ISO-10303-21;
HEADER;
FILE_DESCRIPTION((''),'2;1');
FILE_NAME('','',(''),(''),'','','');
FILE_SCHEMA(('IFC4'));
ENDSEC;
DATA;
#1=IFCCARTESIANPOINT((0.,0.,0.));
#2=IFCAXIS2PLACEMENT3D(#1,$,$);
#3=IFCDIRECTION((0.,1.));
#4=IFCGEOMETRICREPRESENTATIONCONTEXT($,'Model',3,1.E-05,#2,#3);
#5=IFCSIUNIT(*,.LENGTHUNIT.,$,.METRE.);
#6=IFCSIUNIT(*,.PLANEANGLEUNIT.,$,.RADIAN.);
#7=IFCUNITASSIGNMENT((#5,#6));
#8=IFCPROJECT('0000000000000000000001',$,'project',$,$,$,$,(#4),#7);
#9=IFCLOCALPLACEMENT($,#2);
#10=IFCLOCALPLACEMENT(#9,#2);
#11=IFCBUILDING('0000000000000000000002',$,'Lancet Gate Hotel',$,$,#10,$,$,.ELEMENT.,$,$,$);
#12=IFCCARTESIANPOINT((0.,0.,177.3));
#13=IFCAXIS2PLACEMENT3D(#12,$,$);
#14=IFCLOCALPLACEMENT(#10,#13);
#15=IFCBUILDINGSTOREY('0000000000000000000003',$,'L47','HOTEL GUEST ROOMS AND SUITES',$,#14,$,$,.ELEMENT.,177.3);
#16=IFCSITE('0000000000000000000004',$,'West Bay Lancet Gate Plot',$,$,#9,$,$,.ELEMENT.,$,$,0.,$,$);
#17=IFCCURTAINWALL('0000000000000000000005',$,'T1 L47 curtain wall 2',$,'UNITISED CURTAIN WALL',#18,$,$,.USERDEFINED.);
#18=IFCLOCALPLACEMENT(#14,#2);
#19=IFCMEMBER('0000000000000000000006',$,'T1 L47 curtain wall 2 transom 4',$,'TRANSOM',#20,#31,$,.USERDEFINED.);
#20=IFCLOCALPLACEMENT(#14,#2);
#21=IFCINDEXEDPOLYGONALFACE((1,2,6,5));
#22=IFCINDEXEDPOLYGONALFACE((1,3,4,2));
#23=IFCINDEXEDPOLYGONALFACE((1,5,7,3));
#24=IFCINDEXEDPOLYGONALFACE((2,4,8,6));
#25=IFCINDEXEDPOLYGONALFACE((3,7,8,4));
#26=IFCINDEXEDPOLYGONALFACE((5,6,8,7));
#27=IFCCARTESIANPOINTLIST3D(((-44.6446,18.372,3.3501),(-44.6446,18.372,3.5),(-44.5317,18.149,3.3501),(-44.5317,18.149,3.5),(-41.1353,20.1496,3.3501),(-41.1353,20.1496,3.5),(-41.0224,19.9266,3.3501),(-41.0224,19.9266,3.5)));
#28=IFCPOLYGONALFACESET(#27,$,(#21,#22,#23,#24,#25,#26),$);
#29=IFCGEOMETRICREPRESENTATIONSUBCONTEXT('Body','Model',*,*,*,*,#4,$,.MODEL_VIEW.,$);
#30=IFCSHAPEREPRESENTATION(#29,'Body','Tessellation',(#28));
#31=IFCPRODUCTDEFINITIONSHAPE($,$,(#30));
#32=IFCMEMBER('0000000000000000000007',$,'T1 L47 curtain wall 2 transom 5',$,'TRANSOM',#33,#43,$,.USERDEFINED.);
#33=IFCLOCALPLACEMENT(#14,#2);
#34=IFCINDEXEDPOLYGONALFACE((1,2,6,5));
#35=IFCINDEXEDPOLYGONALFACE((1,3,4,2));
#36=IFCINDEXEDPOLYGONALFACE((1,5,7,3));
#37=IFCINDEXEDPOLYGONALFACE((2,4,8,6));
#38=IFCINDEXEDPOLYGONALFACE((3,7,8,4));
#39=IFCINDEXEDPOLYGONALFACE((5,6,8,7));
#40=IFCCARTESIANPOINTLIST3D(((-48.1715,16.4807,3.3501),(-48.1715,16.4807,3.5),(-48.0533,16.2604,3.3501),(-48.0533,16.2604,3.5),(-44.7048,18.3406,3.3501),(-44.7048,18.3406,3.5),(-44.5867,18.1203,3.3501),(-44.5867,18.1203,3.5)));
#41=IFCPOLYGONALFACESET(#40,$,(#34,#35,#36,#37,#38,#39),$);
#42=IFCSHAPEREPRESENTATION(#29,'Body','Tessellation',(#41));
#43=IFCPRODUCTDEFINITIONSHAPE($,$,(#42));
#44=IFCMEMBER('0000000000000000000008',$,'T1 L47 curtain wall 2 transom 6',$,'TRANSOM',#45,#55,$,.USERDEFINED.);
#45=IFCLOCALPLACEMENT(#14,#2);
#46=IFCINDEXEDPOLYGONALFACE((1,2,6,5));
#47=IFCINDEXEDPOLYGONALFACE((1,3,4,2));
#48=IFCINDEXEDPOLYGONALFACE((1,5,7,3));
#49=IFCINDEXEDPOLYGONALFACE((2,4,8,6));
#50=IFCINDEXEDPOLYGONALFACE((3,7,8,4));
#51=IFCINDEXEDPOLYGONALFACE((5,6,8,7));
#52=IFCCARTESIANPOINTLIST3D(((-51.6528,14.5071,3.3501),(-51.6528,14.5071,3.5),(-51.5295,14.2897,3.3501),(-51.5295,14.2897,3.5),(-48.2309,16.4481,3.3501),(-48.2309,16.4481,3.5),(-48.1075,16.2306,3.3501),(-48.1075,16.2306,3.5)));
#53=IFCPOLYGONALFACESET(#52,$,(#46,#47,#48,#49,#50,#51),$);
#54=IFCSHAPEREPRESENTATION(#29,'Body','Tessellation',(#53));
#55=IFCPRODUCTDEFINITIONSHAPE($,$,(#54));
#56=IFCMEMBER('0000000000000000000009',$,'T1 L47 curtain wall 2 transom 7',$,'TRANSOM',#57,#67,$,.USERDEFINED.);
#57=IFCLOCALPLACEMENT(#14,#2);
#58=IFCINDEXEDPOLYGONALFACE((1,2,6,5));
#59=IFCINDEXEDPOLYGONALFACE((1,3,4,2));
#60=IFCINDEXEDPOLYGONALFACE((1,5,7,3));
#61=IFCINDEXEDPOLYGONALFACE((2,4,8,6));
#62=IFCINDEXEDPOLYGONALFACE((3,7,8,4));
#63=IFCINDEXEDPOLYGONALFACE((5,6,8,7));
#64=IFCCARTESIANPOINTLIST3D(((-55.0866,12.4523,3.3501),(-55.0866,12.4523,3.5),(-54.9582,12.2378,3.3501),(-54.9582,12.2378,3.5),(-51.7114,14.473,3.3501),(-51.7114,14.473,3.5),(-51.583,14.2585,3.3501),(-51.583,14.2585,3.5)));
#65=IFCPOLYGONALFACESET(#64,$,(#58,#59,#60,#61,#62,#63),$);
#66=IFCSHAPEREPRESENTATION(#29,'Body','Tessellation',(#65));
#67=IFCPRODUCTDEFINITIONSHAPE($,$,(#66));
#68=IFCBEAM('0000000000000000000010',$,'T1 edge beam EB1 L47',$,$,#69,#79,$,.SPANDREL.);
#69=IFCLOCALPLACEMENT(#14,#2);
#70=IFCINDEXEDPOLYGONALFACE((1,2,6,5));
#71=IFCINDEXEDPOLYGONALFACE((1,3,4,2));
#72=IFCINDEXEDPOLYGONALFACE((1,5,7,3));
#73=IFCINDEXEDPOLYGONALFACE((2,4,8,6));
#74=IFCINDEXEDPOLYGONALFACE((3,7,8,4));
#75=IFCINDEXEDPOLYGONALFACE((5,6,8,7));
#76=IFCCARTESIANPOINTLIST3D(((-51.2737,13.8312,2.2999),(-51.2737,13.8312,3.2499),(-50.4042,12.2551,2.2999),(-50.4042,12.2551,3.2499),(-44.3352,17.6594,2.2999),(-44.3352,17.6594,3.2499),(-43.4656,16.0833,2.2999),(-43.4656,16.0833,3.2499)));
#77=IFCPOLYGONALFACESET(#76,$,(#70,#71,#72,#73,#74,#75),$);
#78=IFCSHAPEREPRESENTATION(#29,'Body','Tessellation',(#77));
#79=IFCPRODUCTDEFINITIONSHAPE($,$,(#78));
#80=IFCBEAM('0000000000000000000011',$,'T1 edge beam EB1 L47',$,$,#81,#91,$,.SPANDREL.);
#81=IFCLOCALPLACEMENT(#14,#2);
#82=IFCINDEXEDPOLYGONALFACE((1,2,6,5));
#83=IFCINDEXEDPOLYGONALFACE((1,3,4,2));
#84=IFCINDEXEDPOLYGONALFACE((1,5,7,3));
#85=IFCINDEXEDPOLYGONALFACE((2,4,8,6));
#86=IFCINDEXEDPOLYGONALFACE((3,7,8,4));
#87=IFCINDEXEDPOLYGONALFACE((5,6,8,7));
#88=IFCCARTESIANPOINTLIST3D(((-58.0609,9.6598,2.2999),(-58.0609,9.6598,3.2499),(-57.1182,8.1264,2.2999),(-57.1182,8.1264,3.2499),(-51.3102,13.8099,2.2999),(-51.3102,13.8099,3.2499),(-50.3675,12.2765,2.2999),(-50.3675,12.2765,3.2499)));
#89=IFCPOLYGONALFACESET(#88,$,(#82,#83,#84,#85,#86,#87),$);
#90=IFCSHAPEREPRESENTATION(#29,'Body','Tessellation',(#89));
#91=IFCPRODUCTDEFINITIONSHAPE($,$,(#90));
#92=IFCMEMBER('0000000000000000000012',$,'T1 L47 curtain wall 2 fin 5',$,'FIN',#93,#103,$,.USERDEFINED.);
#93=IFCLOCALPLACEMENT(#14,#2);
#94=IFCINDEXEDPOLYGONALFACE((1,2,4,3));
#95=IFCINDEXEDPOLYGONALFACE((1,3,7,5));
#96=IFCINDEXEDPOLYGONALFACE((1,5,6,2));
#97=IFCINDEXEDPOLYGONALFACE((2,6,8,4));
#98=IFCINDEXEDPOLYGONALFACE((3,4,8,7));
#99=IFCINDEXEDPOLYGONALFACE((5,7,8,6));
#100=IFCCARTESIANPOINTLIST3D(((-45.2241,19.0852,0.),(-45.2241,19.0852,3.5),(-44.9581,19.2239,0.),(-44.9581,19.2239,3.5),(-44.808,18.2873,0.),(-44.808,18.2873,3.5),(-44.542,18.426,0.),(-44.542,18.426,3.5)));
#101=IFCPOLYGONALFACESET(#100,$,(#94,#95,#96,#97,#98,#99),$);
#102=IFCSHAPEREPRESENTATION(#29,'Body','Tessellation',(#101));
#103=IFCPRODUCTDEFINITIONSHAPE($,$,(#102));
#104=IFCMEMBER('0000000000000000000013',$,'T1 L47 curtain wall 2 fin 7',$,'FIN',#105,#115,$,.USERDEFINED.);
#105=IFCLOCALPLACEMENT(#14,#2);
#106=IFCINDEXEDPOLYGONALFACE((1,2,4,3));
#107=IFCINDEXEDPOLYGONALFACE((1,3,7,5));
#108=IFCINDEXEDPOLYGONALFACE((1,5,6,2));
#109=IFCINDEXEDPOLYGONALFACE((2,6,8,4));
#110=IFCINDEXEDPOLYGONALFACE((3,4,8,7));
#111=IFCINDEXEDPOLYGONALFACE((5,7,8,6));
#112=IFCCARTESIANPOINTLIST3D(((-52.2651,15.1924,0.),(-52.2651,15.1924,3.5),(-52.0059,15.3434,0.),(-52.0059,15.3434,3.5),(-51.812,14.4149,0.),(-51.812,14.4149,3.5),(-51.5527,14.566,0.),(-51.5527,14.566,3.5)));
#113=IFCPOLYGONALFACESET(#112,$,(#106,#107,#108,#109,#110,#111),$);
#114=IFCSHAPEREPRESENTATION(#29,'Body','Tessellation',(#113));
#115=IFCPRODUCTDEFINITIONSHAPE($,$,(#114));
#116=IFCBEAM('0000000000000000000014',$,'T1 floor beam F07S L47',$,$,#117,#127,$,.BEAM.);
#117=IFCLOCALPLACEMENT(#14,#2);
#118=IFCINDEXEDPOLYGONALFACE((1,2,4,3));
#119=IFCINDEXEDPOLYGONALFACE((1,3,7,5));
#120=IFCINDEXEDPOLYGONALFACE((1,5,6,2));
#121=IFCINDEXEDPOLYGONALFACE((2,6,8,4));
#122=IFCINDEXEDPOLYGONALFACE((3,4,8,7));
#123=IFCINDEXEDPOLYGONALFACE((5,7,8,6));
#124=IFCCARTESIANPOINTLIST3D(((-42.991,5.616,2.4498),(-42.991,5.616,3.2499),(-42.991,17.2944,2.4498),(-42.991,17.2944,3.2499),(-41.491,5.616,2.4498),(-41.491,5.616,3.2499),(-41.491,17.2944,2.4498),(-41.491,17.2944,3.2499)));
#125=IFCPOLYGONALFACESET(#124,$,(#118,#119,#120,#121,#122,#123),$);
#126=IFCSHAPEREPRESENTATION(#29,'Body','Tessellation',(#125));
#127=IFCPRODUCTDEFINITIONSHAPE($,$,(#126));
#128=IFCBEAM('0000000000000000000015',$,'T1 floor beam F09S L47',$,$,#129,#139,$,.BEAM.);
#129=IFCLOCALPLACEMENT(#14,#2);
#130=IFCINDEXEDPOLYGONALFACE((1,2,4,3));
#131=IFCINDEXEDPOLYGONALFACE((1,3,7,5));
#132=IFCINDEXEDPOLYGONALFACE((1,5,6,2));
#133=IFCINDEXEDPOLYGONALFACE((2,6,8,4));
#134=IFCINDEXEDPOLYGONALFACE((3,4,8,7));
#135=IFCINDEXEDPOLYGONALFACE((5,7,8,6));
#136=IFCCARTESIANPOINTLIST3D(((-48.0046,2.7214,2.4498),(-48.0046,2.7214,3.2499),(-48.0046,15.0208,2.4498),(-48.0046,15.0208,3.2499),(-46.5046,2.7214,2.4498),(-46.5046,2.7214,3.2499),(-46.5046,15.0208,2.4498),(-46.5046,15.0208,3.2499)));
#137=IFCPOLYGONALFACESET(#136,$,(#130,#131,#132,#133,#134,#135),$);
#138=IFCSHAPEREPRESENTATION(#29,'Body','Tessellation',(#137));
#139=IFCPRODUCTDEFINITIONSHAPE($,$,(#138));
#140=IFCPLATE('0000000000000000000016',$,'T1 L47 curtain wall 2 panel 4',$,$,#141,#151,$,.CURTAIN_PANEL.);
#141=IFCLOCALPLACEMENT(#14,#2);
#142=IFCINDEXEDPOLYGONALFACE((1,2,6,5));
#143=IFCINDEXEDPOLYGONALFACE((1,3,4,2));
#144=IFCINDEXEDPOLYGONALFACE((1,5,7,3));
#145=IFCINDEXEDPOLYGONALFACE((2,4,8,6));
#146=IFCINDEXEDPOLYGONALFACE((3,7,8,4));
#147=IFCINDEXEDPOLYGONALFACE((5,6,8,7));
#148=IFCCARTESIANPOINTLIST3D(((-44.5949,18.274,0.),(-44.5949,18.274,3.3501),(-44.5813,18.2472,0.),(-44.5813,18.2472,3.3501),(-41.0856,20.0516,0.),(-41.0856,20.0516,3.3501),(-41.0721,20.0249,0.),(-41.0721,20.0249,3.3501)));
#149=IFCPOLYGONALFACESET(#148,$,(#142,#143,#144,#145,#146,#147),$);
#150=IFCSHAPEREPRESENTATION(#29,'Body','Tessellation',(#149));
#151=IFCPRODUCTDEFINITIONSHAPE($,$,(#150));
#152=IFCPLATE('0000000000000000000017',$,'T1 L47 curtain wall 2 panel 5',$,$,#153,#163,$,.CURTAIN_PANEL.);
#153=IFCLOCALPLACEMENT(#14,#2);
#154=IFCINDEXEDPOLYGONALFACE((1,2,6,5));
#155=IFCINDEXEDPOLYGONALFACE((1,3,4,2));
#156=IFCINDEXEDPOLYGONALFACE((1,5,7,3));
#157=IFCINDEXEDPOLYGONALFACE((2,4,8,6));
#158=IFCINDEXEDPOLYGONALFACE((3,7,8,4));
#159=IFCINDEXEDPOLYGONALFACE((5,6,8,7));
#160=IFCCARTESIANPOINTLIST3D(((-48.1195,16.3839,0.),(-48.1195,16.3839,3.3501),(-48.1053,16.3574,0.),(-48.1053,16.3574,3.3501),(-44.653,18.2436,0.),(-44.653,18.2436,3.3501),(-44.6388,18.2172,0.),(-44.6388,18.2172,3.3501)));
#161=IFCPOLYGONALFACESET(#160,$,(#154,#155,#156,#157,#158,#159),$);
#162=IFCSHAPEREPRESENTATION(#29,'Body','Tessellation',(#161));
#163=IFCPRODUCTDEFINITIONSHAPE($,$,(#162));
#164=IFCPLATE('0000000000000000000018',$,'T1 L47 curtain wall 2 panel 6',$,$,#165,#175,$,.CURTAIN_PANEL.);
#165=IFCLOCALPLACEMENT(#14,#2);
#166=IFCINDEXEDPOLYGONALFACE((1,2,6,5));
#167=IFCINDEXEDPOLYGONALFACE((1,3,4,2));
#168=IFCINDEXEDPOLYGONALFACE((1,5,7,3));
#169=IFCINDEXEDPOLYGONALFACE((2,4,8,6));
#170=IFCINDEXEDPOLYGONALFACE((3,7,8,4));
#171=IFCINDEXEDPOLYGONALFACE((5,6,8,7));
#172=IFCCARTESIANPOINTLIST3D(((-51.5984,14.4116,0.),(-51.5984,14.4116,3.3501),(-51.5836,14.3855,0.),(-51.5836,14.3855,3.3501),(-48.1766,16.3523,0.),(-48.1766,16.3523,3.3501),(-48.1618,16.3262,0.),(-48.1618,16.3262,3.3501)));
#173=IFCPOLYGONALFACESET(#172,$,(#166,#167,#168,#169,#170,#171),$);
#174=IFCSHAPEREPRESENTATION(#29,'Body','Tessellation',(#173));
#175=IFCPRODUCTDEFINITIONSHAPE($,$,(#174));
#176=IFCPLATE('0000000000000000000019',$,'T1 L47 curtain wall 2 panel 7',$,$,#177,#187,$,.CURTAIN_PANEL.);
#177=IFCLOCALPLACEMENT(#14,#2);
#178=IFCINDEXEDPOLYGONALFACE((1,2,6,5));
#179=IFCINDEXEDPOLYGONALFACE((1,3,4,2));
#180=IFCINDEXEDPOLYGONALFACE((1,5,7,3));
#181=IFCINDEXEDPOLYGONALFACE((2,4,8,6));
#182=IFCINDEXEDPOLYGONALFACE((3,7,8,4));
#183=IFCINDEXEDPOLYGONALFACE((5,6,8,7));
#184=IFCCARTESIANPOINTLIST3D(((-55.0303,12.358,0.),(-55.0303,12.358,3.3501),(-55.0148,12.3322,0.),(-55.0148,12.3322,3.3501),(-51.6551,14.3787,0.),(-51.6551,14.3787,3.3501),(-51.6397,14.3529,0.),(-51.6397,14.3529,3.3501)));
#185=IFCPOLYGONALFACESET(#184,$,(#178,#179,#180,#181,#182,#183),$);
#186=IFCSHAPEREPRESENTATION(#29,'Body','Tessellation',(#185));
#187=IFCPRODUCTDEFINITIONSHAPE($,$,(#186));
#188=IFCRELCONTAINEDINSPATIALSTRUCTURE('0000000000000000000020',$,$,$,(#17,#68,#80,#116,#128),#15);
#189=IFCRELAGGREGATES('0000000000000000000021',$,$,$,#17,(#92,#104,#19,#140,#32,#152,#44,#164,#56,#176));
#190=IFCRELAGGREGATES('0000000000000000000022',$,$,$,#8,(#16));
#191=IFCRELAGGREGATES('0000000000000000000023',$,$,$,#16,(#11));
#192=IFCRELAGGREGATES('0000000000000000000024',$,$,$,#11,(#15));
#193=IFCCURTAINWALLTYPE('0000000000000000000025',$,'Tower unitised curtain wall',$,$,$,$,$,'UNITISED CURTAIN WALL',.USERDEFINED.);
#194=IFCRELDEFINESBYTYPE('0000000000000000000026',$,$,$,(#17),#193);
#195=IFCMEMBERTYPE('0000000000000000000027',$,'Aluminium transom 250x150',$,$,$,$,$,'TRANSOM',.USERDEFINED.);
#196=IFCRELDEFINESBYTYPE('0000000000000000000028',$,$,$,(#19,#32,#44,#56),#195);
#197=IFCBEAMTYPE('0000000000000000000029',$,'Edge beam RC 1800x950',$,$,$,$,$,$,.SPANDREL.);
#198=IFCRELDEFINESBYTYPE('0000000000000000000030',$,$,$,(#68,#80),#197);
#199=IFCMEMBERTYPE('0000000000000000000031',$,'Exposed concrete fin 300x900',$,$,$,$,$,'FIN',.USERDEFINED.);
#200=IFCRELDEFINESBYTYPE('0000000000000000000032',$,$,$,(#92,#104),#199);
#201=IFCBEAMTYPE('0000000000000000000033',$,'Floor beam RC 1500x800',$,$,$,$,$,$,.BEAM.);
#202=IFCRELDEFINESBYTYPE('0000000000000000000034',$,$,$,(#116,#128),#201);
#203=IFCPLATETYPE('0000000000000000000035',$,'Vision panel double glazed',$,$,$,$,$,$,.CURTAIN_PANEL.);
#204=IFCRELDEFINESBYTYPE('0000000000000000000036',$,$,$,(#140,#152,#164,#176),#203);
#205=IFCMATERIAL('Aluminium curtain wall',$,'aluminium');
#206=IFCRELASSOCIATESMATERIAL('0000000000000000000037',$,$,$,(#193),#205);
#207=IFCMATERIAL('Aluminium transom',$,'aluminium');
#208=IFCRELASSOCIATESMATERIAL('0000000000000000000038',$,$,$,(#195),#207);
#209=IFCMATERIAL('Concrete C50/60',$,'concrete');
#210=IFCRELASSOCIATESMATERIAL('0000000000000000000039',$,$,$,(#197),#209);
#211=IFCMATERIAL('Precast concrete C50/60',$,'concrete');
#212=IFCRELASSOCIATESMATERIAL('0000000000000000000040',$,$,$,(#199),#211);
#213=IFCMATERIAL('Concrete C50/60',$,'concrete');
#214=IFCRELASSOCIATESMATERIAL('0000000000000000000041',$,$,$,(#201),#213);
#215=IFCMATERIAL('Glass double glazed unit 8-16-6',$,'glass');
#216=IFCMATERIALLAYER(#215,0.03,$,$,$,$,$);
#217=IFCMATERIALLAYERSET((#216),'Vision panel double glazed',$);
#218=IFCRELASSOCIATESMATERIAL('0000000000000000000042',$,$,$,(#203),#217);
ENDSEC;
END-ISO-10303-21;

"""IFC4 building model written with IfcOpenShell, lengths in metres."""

from ifc_helpers import new_model, si_unit, direction, frame, origin, origin_2d, place, context, subcontext, project, spatial, rectangle, extrude, material, layer, layer_set, material_profile, profile_set, type_object, element, aggregate, save


model = new_model("IFC4")

# Units and contexts
model_context = context("Model", 3, precision=1e-05, world=origin(), true_north=direction((0.0, 1.0)))
body_context = subcontext(model_context, "Body", "Model", "MODEL_VIEW")
ifc_project = project(units=[si_unit("LENGTHUNIT", "METRE"), si_unit("PLANEANGLEUNIT", "RADIAN")], contexts=[model_context])

# Site, building, storey
site_placement = place(None, origin())
site = spatial("IfcSite", under=ifc_project, at=site_placement, Name="West Bay Lancet Gate Plot", CompositionType="ELEMENT", RefElevation=0.0)
building_placement = place(site_placement, origin())
building = spatial("IfcBuilding", under=site, at=building_placement, Name="Lancet Gate Hotel", CompositionType="ELEMENT")
storey_placement = place(building_placement, frame((0.0, 0.0, 177.3)))
storey = spatial("IfcBuildingStorey", under=building, at=storey_placement, Name="L47", Description="HOTEL GUEST ROOMS AND SUITES", CompositionType="ELEMENT", Elevation=177.3)

# Curtain wall, members
ifc_material_1 = material(Name="Aluminium curtain wall", Category="aluminium")
curtain_wall_type = type_object("IfcCurtainWallType", Name="Tower unitised curtain wall", ElementType="UNITISED CURTAIN WALL", PredefinedType="USERDEFINED", material=ifc_material_1)
curtain_wall_placement = place(storey_placement, origin())
curtain_wall = element("IfcCurtainWall", 1, at=curtain_wall_placement, inside=storey, type_object=curtain_wall_type, Name="T1 L47 curtain wall 2", ObjectType="UNITISED CURTAIN WALL", PredefinedType="USERDEFINED")
ifc_material_2 = material(Name="Aluminium transom", Category="aluminium")
ifc_material_profile_1 = material_profile(ifc_material_2, rectangle(XDim=0.25, YDim=0.1499, at=origin_2d()), Name="TRANSOM 250x150")
ifc_profile_set_1 = profile_set([ifc_material_profile_1], Name="Aluminium transom")
member_type_1 = type_object("IfcMemberType", Name="Aluminium transom 250x150", ElementType="TRANSOM", PredefinedType="USERDEFINED", material=ifc_profile_set_1)
member_1_placement = place(storey_placement, frame((-41.0789, 20.0381, 3.425), z_axis=(-0.892081, -0.451875, 0.0), x_axis=(0.451875, -0.892081, 0.0)))
member_1 = element("IfcMember", 2, at=member_1_placement, type_object=member_type_1, Name="T1 L47 curtain wall 2 transom 4", ObjectType="TRANSOM", PredefinedType="USERDEFINED", context=body_context, shape_type="SweptSolid", body=[
    extrude(rectangle(XDim=0.25, YDim=0.1499, at=origin_2d()), origin(), (0.0, 0.0, 1.0), 3.9338),
])
member_2_placement = place(storey_placement, frame((-44.6458, 18.2305, 3.425), z_axis=(-0.881185, -0.472771, 0.0), x_axis=(0.472771, -0.881185, 0.0)))
member_2 = element("IfcMember", 3, at=member_2_placement, type_object=member_type_1, Name="T1 L47 curtain wall 2 transom 5", ObjectType="TRANSOM", PredefinedType="USERDEFINED", context=body_context, shape_type="SweptSolid", body=[
    extrude(rectangle(XDim=0.25, YDim=0.1499, at=origin_2d()), origin(), (0.0, 0.0, 1.0), 3.9341),
])
member_3_placement = place(storey_placement, frame((-48.1692, 16.3394, 3.425), z_axis=(-0.86982, -0.49337, 0.0), x_axis=(0.49337, -0.86982, 0.0)))
member_3 = element("IfcMember", 4, at=member_3_placement, type_object=member_type_1, Name="T1 L47 curtain wall 2 transom 6", ObjectType="TRANSOM", PredefinedType="USERDEFINED", context=body_context, shape_type="SweptSolid", body=[
    extrude(rectangle(XDim=0.25, YDim=0.1499, at=origin_2d()), origin(), (0.0, 0.0, 1.0), 3.9341),
])
member_4_placement = place(storey_placement, frame((-51.6472, 14.3657, 3.425), z_axis=(-0.857985, -0.513674, 0.0), x_axis=(0.513674, -0.857985, 0.0)))
member_4 = element("IfcMember", 5, at=member_4_placement, type_object=member_type_1, Name="T1 L47 curtain wall 2 transom 7", ObjectType="TRANSOM", PredefinedType="USERDEFINED", context=body_context, shape_type="SweptSolid", body=[
    extrude(rectangle(XDim=0.25, YDim=0.1499, at=origin_2d()), origin(), (0.0, 0.0, 1.0), 3.9338),
])

# Beams
ifc_material_3 = material(Name="Concrete C50/60", Category="concrete")
ifc_material_profile_2 = material_profile(ifc_material_3, rectangle(XDim=1.8, YDim=0.95, at=origin_2d()), Name="RC 1800x950")
ifc_profile_set_2 = profile_set([ifc_material_profile_2], Name="Concrete C50/60")
beam_type_1 = type_object("IfcBeamType", Name="Edge beam RC 1800x950", PredefinedType="SPANDREL", material=ifc_profile_set_2)
beam_1_placement = place(storey_placement, frame((-43.9004, 16.8713, 2.7749), z_axis=(-0.875578, -0.483077, 0.0), x_axis=(0.483077, -0.875578, 0.0)))
element("IfcBeam", 6, at=beam_1_placement, inside=storey, type_object=beam_type_1, Name="T1 edge beam EB1 L47", PredefinedType="SPANDREL", context=body_context, shape_type="SweptSolid", body=[
    extrude(rectangle(XDim=1.8, YDim=0.95, at=origin_2d()), origin(), (0.0, 0.0, 1.0), 7.9246),
])
beam_2_placement = place(storey_placement, frame((-50.8389, 13.0432, 2.7749), z_axis=(-0.851892, -0.523717, 0.0), x_axis=(0.523717, -0.851892, 0.0)))
element("IfcBeam", 7, at=beam_2_placement, inside=storey, type_object=beam_type_1, Name="T1 edge beam EB1 L47", PredefinedType="SPANDREL", context=body_context, shape_type="SweptSolid", body=[
    extrude(rectangle(XDim=1.8, YDim=0.95, at=origin_2d()), origin(), (0.0, 0.0, 1.0), 7.9243),
])

# Members
ifc_material_4 = material(Name="Precast concrete C50/60", Category="concrete")
ifc_material_profile_3 = material_profile(ifc_material_4, rectangle(XDim=0.3, YDim=0.8999, at=origin_2d()), Name="FIN 300x900")
ifc_profile_set_3 = profile_set([ifc_material_profile_3], Name="Precast concrete C50/60")
member_type_2 = type_object("IfcMemberType", Name="Exposed concrete fin 300x900", ElementType="FIN", PredefinedType="USERDEFINED", material=ifc_profile_set_3)
member_5_placement = place(storey_placement, frame((-44.8831, 18.7556, 0.0), z_axis=(0.0, 0.0, 1.0), x_axis=(-0.886694, -0.462356, 0.0)))
member_5 = element("IfcMember", 8, at=member_5_placement, type_object=member_type_2, Name="T1 L47 curtain wall 2 fin 5", ObjectType="FIN", PredefinedType="USERDEFINED", context=body_context, shape_type="SweptSolid", body=[
    extrude(rectangle(XDim=0.3, YDim=0.8999, at=origin_2d()), origin(), (0.0, 0.0, 1.0), 3.5),
])
member_6_placement = place(storey_placement, frame((-51.9089, 14.8792, 0.0), z_axis=(0.0, 0.0, 1.0), x_axis=(-0.863969, -0.503545, 0.0)))
member_6 = element("IfcMember", 9, at=member_6_placement, type_object=member_type_2, Name="T1 L47 curtain wall 2 fin 7", ObjectType="FIN", PredefinedType="USERDEFINED", context=body_context, shape_type="SweptSolid", body=[
    extrude(rectangle(XDim=0.3, YDim=0.8999, at=origin_2d()), origin(), (0.0, 0.0, 1.0), 3.5),
])

# Beams
ifc_material_5 = material(Name="Concrete C50/60", Category="concrete")
ifc_material_profile_4 = material_profile(ifc_material_5, rectangle(XDim=1.5, YDim=0.8, at=origin_2d()), Name="RC 1500x800")
ifc_profile_set_4 = profile_set([ifc_material_profile_4], Name="Concrete C50/60")
beam_type_2 = type_object("IfcBeamType", Name="Floor beam RC 1500x800", PredefinedType="BEAM", material=ifc_profile_set_4)
beam_3_placement = place(storey_placement, frame((-42.241, 17.2944, 2.8499), z_axis=(0.0, -1.0, 0.0), x_axis=(1.0, 0.0, 0.0)))
element("IfcBeam", 10, at=beam_3_placement, inside=storey, type_object=beam_type_2, Name="T1 floor beam F07S L47", PredefinedType="BEAM", context=body_context, shape_type="SweptSolid", body=[
    extrude(rectangle(XDim=1.5, YDim=0.8, at=origin_2d()), origin(), (0.0, 0.0, 1.0), 11.6785),
])
beam_4_placement = place(storey_placement, frame((-47.2546, 15.0208, 2.8499), z_axis=(0.0, -1.0, 0.0), x_axis=(1.0, 0.0, 0.0)))
element("IfcBeam", 11, at=beam_4_placement, inside=storey, type_object=beam_type_2, Name="T1 floor beam F09S L47", PredefinedType="BEAM", context=body_context, shape_type="SweptSolid", body=[
    extrude(rectangle(XDim=1.5, YDim=0.8, at=origin_2d()), origin(), (0.0, 0.0, 1.0), 12.2993),
])

# Plates
ifc_material_6 = material(Name="Glass double glazed unit 8-16-6", Category="glass")
ifc_layer_1 = layer(ifc_material_6, 0.03)
ifc_layer_set_1 = layer_set([ifc_layer_1], Name="Vision panel double glazed")
plate_type = type_object("IfcPlateType", Name="Vision panel double glazed", PredefinedType="CURTAIN_PANEL", material=ifc_layer_set_1)
plate_1_placement = place(storey_placement, frame((-42.8335, 19.1494, 0.0), z_axis=(0.0, 0.0, 1.0), x_axis=(-0.892071, -0.451895, 0.0)))
plate_1 = element("IfcPlate", 12, at=plate_1_placement, type_object=plate_type, Name="T1 L47 curtain wall 2 panel 4", PredefinedType="CURTAIN_PANEL", context=body_context, shape_type="SweptSolid", body=[
    extrude(rectangle(XDim=3.9338, YDim=0.03, at=origin_2d()), origin(), (0.0, 0.0, 1.0), 3.3501),
])
plate_2_placement = place(storey_placement, frame((-46.3792, 17.3005, 0.0), z_axis=(0.0, 0.0, 1.0), x_axis=(-0.881195, -0.472753, 0.0)))
plate_2 = element("IfcPlate", 13, at=plate_2_placement, type_object=plate_type, Name="T1 L47 curtain wall 2 panel 5", PredefinedType="CURTAIN_PANEL", context=body_context, shape_type="SweptSolid", body=[
    extrude(rectangle(XDim=3.9338, YDim=0.03, at=origin_2d()), origin(), (0.0, 0.0, 1.0), 3.3501),
])
plate_3_placement = place(storey_placement, frame((-49.8801, 15.3689, 0.0), z_axis=(0.0, 0.0, 1.0), x_axis=(-0.869831, -0.493349, 0.0)))
plate_3 = element("IfcPlate", 14, at=plate_3_placement, type_object=plate_type, Name="T1 L47 curtain wall 2 panel 6", PredefinedType="CURTAIN_PANEL", context=body_context, shape_type="SweptSolid", body=[
    extrude(rectangle(XDim=3.9338, YDim=0.03, at=origin_2d()), origin(), (0.0, 0.0, 1.0), 3.3501),
])
plate_4_placement = place(storey_placement, frame((-53.335, 13.3555, 0.0), z_axis=(0.0, 0.0, 1.0), x_axis=(-0.857987, -0.513672, 0.0)))
plate_4 = element("IfcPlate", 15, at=plate_4_placement, type_object=plate_type, Name="T1 L47 curtain wall 2 panel 7", PredefinedType="CURTAIN_PANEL", context=body_context, shape_type="SweptSolid", body=[
    extrude(rectangle(XDim=3.9338, YDim=0.03, at=origin_2d()), origin(), (0.0, 0.0, 1.0), 3.3501),
])
aggregate(curtain_wall, [member_5, member_6, member_1, plate_1, member_2, plate_2, member_3, plate_3, member_4, plate_4])

save(model, "model.ifc")
